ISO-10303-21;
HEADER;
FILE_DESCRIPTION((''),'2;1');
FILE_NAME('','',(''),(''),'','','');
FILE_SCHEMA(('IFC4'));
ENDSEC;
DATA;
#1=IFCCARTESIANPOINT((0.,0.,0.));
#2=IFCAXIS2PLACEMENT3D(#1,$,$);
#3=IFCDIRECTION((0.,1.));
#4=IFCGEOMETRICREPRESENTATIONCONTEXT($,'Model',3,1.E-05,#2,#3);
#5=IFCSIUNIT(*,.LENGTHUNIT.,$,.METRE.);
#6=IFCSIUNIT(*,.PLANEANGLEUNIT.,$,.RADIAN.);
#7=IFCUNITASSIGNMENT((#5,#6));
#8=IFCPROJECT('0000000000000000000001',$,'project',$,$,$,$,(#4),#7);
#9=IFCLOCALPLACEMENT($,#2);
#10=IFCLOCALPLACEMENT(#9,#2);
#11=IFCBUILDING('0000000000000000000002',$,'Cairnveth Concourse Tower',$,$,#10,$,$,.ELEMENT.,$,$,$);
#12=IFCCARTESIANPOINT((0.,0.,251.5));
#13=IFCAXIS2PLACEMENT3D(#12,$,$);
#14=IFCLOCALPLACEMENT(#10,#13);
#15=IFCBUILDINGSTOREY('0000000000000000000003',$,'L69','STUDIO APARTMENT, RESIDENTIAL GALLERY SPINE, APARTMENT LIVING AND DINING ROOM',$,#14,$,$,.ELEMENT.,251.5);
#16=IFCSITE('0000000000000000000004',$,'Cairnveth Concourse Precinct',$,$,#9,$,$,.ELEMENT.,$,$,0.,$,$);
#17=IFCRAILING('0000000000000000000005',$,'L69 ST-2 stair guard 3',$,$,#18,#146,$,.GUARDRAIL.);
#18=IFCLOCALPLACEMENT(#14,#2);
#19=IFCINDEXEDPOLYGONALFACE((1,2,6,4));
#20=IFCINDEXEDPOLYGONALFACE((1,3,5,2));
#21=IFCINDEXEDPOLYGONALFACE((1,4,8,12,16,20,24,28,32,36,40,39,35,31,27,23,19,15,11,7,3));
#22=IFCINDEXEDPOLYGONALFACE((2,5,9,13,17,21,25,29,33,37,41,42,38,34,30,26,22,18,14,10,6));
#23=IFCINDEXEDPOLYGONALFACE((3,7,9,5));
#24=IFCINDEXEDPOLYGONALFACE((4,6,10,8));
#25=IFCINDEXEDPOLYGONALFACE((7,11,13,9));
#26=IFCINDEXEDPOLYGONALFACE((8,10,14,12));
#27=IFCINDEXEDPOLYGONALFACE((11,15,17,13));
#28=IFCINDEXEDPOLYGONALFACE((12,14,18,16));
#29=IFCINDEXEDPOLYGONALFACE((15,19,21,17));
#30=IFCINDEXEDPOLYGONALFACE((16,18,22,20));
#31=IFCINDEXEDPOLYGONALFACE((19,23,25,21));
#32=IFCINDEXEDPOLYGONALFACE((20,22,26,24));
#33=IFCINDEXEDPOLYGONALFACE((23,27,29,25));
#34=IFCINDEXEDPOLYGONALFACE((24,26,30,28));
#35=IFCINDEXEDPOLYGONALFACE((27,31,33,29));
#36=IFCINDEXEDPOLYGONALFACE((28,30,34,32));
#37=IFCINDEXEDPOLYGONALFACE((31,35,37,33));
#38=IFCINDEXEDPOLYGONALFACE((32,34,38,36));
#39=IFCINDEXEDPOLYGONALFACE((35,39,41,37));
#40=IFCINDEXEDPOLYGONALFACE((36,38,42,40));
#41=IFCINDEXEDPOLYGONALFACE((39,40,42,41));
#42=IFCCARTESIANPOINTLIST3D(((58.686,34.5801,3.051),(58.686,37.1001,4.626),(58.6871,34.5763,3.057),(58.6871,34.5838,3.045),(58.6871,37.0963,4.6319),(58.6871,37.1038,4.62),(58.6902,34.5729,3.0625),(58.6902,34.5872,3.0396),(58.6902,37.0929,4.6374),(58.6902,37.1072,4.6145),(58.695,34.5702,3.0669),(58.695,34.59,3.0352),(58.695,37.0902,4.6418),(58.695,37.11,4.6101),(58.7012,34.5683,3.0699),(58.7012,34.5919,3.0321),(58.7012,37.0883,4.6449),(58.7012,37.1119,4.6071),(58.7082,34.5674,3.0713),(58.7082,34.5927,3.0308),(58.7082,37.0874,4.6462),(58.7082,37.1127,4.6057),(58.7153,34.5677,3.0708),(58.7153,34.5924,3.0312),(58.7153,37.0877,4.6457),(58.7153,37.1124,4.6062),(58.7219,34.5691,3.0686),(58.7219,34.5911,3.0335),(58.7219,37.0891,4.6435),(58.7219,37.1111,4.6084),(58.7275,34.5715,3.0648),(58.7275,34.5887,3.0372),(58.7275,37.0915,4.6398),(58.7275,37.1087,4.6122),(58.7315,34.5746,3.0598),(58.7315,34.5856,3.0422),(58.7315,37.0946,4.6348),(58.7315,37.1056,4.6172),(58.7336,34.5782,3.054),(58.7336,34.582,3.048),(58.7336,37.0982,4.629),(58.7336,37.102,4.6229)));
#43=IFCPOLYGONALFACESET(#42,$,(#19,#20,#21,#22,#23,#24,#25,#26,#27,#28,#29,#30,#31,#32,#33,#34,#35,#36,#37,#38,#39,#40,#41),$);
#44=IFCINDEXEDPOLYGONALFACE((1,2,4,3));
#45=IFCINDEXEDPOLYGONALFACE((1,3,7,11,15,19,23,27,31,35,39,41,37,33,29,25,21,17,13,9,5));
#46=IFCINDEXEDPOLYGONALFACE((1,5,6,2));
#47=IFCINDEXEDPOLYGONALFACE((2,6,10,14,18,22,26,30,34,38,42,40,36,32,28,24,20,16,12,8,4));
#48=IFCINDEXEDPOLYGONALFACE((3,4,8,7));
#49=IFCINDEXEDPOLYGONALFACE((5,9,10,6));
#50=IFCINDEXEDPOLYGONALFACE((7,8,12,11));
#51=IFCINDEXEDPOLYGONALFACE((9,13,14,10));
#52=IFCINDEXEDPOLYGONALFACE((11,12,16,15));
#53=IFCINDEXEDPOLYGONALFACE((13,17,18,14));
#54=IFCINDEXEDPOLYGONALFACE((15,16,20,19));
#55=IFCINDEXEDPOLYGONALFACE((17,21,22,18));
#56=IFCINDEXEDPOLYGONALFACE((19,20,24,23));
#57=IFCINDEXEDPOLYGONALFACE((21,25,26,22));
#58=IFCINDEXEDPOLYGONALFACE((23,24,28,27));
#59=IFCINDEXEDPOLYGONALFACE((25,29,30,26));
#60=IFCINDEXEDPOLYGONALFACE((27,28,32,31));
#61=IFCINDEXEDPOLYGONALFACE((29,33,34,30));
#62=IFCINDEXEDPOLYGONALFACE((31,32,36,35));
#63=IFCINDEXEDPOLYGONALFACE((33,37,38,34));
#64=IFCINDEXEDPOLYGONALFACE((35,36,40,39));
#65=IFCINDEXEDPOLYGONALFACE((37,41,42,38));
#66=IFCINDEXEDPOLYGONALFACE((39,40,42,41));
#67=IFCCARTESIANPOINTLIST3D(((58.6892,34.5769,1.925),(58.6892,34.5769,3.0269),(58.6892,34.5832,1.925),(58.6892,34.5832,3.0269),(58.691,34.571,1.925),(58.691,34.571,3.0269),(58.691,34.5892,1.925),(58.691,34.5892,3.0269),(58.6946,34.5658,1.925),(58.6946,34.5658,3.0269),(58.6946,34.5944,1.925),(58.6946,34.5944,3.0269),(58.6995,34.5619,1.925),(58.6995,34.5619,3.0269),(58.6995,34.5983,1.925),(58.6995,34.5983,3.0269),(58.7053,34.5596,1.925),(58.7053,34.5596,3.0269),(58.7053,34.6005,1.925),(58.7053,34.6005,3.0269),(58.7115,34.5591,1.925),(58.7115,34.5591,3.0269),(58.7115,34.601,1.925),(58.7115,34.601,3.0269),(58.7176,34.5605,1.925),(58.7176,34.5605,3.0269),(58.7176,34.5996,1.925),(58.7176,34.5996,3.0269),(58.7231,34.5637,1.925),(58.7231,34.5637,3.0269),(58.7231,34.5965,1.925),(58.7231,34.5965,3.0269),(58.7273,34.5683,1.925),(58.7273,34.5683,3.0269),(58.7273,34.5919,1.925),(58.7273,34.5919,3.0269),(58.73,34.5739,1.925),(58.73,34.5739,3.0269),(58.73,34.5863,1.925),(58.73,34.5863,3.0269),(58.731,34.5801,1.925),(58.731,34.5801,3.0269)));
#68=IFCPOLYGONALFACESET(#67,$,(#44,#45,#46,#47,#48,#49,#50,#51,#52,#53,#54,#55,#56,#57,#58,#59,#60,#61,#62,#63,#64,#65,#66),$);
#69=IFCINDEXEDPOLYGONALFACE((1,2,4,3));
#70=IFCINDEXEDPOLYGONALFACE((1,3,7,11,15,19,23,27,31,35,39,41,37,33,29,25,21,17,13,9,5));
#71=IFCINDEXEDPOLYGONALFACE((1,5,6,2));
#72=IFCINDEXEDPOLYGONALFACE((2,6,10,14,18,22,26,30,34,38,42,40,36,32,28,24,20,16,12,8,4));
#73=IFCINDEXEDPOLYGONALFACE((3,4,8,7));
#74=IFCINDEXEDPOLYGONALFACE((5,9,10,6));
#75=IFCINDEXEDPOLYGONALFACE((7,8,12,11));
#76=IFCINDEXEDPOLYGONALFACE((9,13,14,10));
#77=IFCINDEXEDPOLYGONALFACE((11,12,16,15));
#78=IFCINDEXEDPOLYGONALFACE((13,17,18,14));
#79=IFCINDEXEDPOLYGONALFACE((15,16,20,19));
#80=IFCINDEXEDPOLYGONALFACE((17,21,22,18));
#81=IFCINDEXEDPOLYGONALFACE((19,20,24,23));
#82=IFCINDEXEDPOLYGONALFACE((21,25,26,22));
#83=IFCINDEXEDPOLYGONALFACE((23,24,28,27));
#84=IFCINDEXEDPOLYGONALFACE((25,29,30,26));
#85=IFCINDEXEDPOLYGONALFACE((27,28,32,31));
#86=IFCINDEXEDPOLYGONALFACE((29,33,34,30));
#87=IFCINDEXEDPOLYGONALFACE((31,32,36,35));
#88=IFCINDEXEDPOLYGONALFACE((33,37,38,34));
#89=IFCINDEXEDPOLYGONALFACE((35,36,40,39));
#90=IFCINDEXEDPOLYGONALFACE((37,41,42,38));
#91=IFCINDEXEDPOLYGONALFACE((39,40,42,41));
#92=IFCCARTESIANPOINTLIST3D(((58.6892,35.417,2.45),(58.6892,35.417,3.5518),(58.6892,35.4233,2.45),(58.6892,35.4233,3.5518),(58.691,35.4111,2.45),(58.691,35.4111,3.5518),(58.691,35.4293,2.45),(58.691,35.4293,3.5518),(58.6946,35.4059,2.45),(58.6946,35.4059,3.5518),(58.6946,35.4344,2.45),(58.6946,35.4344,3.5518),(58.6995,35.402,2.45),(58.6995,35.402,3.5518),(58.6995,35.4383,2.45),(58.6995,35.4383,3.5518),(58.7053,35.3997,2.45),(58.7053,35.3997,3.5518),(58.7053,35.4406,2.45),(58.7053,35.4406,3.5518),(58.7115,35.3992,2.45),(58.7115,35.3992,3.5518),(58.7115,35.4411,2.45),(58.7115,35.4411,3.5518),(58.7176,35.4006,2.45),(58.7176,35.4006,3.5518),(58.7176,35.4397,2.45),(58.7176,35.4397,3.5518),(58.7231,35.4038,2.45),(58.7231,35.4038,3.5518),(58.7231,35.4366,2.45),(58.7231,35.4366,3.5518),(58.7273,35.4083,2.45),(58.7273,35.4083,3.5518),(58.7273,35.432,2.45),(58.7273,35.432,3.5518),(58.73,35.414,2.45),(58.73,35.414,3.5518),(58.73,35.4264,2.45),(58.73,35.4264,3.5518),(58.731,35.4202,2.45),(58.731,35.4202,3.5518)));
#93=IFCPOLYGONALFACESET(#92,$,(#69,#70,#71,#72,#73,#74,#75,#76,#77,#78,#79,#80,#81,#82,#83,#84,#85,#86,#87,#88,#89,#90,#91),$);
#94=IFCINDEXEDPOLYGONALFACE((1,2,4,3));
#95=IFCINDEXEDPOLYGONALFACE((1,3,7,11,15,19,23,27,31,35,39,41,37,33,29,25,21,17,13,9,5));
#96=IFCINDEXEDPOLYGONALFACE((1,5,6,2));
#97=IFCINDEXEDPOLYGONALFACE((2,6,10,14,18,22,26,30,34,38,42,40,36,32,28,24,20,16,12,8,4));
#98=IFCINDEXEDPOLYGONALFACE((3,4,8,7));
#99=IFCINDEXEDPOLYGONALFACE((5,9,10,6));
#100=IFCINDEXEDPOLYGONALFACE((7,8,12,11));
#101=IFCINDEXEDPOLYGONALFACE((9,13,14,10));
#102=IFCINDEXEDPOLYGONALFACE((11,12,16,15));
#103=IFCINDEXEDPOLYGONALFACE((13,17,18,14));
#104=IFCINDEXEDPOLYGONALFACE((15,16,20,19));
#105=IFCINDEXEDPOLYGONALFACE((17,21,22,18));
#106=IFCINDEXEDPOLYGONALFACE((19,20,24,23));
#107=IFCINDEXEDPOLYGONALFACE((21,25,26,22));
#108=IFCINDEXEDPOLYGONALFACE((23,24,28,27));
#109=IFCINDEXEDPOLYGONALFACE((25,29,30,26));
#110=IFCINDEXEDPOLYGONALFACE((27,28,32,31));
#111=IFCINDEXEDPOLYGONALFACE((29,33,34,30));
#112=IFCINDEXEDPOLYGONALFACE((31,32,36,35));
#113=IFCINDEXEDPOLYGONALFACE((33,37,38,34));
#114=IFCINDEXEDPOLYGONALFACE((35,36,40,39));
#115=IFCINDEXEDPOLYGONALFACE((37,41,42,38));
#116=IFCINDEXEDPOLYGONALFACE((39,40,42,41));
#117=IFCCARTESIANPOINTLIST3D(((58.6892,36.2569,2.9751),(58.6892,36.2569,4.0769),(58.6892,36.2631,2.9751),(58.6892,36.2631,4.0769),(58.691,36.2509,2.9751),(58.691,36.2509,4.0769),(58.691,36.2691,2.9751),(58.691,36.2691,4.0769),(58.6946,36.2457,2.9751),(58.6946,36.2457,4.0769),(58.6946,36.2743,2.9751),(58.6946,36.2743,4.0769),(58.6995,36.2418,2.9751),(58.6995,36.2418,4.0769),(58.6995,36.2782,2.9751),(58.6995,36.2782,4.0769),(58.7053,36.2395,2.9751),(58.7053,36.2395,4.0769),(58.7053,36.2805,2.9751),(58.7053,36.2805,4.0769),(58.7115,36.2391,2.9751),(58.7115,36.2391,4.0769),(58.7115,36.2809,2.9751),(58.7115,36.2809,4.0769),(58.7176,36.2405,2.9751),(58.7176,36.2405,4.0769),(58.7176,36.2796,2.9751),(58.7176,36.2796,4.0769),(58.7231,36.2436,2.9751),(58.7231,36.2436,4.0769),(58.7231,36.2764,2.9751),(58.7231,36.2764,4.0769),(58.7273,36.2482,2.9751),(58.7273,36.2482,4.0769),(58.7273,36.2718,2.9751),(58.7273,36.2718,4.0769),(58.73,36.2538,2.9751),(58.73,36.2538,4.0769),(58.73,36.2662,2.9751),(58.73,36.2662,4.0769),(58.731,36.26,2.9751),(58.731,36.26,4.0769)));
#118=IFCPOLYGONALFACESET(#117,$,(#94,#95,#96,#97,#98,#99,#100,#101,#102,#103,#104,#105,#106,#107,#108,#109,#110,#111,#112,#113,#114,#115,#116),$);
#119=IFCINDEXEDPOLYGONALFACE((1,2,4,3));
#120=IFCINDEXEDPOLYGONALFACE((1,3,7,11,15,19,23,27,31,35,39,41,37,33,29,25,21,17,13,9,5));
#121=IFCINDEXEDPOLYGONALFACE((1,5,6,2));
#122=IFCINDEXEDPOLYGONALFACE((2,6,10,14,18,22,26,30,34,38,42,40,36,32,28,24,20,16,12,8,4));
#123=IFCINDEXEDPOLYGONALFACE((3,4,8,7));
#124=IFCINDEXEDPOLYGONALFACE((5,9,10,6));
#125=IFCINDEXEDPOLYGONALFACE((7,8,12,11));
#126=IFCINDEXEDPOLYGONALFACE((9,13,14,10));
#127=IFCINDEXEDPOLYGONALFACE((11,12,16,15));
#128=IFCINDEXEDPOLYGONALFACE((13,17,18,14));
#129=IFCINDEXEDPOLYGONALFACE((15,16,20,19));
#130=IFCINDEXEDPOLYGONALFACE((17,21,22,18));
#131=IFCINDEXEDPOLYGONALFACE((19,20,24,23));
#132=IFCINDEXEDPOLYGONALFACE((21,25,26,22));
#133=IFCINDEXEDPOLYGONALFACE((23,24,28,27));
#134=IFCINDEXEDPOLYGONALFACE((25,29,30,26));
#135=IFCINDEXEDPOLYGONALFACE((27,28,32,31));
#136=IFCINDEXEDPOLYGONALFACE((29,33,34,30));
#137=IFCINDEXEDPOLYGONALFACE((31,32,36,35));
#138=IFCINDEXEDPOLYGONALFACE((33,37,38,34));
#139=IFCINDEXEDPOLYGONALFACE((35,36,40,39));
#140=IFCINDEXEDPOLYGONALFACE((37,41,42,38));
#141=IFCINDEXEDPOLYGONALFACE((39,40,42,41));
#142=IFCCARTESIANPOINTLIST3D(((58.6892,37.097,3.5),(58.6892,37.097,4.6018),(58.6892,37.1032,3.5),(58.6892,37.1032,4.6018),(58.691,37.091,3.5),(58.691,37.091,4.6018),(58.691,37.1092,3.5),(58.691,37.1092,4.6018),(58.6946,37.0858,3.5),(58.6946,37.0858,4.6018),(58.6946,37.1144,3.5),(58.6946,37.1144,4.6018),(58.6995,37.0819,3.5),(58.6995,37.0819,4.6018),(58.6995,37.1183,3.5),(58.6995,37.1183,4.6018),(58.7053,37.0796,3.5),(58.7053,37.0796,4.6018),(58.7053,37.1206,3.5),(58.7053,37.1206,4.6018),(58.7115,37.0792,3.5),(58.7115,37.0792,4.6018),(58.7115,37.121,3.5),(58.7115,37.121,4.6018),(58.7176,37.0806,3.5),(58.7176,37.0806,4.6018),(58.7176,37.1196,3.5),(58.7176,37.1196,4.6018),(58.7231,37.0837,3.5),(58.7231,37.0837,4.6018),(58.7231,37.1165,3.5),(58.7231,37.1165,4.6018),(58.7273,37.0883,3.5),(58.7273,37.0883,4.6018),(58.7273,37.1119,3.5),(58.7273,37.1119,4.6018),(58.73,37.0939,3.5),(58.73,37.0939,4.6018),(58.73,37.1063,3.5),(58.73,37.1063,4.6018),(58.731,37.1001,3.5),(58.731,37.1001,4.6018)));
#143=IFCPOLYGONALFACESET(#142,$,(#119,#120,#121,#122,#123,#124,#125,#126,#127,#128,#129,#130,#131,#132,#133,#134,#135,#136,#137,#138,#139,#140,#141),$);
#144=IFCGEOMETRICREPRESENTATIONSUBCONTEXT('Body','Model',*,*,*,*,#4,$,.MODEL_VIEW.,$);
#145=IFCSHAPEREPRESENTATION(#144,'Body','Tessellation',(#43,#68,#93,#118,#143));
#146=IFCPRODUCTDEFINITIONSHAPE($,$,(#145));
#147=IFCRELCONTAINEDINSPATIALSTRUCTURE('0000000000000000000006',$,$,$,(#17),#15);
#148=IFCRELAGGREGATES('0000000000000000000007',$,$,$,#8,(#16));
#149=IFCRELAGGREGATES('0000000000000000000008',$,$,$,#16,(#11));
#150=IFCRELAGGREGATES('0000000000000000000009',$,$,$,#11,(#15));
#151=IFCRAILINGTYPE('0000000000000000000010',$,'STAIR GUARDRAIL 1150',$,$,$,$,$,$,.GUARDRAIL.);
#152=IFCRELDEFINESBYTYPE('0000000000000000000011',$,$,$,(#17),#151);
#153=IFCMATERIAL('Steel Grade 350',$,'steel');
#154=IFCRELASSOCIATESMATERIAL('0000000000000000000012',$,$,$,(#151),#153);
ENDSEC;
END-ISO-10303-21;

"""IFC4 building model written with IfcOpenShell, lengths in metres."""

from ifc_helpers import new_model, si_unit, direction, frame, origin, origin_2d, place, context, subcontext, project, spatial, circle, extrude, material, type_object, element, save


model = new_model("IFC4")

# Units and contexts
model_context = context("Model", 3, precision=1e-05, world=origin(), true_north=direction((0.0, 1.0)))
body_context = subcontext(model_context, "Body", "Model", "MODEL_VIEW")
ifc_project = project(units=[si_unit("LENGTHUNIT", "METRE"), si_unit("PLANEANGLEUNIT", "RADIAN")], contexts=[model_context])

# Site, building, storey
site_placement = place(None, origin())
site = spatial("IfcSite", under=ifc_project, at=site_placement, Name="Cairnveth Concourse Precinct", CompositionType="ELEMENT", RefElevation=0.0)
building_placement = place(site_placement, origin())
building = spatial("IfcBuilding", under=site, at=building_placement, Name="Cairnveth Concourse Tower", CompositionType="ELEMENT")
storey_placement = place(building_placement, frame((0.0, 0.0, 251.5)))
storey = spatial("IfcBuildingStorey", under=building, at=storey_placement, Name="L69", Description="STUDIO APARTMENT, RESIDENTIAL GALLERY SPINE, APARTMENT LIVING AND DINING ROOM", CompositionType="ELEMENT", Elevation=251.5)

# Shared definitions
ifc_material_1 = material(Name="Steel Grade 350", Category="steel")

# Railing
railing_type_1 = type_object("IfcRailingType", Name="STAIR GUARDRAIL 1150", PredefinedType="GUARDRAIL", material=ifc_material_1)
railing_1_placement = place(storey_placement, frame((58.71, 34.5801, 1.925)))
element("IfcRailing", 1, at=railing_1_placement, inside=storey, type_object=railing_type_1, Name="L69 ST-2 stair guard 3", PredefinedType="GUARDRAIL", context=body_context, shape_type="SweptSolid", body=[
    extrude(circle(Radius=0.0239, at=origin_2d()), frame((0.0, 0.0, 1.126), z_axis=(0.0, 0.848008, 0.529984), x_axis=(-1.0, 0.0, 0.0)), (0.0, 0.0, 1.0), 2.9717),
    extrude(circle(Radius=0.021, at=origin_2d()), origin(), (0.0, 0.0, 1.0), 1.1018),
    extrude(circle(Radius=0.021, at=origin_2d()), frame((0.0, 0.8401, 0.5249)), (0.0, 0.0, 1.0), 1.1018),
    extrude(circle(Radius=0.021, at=origin_2d()), frame((0.0, 1.6799, 1.05)), (0.0, 0.0, 1.0), 1.1018),
    extrude(circle(Radius=0.021, at=origin_2d()), frame((0.0, 2.52, 1.575)), (0.0, 0.0, 1.0), 1.1018),
])

save(model, "model.ifc")
